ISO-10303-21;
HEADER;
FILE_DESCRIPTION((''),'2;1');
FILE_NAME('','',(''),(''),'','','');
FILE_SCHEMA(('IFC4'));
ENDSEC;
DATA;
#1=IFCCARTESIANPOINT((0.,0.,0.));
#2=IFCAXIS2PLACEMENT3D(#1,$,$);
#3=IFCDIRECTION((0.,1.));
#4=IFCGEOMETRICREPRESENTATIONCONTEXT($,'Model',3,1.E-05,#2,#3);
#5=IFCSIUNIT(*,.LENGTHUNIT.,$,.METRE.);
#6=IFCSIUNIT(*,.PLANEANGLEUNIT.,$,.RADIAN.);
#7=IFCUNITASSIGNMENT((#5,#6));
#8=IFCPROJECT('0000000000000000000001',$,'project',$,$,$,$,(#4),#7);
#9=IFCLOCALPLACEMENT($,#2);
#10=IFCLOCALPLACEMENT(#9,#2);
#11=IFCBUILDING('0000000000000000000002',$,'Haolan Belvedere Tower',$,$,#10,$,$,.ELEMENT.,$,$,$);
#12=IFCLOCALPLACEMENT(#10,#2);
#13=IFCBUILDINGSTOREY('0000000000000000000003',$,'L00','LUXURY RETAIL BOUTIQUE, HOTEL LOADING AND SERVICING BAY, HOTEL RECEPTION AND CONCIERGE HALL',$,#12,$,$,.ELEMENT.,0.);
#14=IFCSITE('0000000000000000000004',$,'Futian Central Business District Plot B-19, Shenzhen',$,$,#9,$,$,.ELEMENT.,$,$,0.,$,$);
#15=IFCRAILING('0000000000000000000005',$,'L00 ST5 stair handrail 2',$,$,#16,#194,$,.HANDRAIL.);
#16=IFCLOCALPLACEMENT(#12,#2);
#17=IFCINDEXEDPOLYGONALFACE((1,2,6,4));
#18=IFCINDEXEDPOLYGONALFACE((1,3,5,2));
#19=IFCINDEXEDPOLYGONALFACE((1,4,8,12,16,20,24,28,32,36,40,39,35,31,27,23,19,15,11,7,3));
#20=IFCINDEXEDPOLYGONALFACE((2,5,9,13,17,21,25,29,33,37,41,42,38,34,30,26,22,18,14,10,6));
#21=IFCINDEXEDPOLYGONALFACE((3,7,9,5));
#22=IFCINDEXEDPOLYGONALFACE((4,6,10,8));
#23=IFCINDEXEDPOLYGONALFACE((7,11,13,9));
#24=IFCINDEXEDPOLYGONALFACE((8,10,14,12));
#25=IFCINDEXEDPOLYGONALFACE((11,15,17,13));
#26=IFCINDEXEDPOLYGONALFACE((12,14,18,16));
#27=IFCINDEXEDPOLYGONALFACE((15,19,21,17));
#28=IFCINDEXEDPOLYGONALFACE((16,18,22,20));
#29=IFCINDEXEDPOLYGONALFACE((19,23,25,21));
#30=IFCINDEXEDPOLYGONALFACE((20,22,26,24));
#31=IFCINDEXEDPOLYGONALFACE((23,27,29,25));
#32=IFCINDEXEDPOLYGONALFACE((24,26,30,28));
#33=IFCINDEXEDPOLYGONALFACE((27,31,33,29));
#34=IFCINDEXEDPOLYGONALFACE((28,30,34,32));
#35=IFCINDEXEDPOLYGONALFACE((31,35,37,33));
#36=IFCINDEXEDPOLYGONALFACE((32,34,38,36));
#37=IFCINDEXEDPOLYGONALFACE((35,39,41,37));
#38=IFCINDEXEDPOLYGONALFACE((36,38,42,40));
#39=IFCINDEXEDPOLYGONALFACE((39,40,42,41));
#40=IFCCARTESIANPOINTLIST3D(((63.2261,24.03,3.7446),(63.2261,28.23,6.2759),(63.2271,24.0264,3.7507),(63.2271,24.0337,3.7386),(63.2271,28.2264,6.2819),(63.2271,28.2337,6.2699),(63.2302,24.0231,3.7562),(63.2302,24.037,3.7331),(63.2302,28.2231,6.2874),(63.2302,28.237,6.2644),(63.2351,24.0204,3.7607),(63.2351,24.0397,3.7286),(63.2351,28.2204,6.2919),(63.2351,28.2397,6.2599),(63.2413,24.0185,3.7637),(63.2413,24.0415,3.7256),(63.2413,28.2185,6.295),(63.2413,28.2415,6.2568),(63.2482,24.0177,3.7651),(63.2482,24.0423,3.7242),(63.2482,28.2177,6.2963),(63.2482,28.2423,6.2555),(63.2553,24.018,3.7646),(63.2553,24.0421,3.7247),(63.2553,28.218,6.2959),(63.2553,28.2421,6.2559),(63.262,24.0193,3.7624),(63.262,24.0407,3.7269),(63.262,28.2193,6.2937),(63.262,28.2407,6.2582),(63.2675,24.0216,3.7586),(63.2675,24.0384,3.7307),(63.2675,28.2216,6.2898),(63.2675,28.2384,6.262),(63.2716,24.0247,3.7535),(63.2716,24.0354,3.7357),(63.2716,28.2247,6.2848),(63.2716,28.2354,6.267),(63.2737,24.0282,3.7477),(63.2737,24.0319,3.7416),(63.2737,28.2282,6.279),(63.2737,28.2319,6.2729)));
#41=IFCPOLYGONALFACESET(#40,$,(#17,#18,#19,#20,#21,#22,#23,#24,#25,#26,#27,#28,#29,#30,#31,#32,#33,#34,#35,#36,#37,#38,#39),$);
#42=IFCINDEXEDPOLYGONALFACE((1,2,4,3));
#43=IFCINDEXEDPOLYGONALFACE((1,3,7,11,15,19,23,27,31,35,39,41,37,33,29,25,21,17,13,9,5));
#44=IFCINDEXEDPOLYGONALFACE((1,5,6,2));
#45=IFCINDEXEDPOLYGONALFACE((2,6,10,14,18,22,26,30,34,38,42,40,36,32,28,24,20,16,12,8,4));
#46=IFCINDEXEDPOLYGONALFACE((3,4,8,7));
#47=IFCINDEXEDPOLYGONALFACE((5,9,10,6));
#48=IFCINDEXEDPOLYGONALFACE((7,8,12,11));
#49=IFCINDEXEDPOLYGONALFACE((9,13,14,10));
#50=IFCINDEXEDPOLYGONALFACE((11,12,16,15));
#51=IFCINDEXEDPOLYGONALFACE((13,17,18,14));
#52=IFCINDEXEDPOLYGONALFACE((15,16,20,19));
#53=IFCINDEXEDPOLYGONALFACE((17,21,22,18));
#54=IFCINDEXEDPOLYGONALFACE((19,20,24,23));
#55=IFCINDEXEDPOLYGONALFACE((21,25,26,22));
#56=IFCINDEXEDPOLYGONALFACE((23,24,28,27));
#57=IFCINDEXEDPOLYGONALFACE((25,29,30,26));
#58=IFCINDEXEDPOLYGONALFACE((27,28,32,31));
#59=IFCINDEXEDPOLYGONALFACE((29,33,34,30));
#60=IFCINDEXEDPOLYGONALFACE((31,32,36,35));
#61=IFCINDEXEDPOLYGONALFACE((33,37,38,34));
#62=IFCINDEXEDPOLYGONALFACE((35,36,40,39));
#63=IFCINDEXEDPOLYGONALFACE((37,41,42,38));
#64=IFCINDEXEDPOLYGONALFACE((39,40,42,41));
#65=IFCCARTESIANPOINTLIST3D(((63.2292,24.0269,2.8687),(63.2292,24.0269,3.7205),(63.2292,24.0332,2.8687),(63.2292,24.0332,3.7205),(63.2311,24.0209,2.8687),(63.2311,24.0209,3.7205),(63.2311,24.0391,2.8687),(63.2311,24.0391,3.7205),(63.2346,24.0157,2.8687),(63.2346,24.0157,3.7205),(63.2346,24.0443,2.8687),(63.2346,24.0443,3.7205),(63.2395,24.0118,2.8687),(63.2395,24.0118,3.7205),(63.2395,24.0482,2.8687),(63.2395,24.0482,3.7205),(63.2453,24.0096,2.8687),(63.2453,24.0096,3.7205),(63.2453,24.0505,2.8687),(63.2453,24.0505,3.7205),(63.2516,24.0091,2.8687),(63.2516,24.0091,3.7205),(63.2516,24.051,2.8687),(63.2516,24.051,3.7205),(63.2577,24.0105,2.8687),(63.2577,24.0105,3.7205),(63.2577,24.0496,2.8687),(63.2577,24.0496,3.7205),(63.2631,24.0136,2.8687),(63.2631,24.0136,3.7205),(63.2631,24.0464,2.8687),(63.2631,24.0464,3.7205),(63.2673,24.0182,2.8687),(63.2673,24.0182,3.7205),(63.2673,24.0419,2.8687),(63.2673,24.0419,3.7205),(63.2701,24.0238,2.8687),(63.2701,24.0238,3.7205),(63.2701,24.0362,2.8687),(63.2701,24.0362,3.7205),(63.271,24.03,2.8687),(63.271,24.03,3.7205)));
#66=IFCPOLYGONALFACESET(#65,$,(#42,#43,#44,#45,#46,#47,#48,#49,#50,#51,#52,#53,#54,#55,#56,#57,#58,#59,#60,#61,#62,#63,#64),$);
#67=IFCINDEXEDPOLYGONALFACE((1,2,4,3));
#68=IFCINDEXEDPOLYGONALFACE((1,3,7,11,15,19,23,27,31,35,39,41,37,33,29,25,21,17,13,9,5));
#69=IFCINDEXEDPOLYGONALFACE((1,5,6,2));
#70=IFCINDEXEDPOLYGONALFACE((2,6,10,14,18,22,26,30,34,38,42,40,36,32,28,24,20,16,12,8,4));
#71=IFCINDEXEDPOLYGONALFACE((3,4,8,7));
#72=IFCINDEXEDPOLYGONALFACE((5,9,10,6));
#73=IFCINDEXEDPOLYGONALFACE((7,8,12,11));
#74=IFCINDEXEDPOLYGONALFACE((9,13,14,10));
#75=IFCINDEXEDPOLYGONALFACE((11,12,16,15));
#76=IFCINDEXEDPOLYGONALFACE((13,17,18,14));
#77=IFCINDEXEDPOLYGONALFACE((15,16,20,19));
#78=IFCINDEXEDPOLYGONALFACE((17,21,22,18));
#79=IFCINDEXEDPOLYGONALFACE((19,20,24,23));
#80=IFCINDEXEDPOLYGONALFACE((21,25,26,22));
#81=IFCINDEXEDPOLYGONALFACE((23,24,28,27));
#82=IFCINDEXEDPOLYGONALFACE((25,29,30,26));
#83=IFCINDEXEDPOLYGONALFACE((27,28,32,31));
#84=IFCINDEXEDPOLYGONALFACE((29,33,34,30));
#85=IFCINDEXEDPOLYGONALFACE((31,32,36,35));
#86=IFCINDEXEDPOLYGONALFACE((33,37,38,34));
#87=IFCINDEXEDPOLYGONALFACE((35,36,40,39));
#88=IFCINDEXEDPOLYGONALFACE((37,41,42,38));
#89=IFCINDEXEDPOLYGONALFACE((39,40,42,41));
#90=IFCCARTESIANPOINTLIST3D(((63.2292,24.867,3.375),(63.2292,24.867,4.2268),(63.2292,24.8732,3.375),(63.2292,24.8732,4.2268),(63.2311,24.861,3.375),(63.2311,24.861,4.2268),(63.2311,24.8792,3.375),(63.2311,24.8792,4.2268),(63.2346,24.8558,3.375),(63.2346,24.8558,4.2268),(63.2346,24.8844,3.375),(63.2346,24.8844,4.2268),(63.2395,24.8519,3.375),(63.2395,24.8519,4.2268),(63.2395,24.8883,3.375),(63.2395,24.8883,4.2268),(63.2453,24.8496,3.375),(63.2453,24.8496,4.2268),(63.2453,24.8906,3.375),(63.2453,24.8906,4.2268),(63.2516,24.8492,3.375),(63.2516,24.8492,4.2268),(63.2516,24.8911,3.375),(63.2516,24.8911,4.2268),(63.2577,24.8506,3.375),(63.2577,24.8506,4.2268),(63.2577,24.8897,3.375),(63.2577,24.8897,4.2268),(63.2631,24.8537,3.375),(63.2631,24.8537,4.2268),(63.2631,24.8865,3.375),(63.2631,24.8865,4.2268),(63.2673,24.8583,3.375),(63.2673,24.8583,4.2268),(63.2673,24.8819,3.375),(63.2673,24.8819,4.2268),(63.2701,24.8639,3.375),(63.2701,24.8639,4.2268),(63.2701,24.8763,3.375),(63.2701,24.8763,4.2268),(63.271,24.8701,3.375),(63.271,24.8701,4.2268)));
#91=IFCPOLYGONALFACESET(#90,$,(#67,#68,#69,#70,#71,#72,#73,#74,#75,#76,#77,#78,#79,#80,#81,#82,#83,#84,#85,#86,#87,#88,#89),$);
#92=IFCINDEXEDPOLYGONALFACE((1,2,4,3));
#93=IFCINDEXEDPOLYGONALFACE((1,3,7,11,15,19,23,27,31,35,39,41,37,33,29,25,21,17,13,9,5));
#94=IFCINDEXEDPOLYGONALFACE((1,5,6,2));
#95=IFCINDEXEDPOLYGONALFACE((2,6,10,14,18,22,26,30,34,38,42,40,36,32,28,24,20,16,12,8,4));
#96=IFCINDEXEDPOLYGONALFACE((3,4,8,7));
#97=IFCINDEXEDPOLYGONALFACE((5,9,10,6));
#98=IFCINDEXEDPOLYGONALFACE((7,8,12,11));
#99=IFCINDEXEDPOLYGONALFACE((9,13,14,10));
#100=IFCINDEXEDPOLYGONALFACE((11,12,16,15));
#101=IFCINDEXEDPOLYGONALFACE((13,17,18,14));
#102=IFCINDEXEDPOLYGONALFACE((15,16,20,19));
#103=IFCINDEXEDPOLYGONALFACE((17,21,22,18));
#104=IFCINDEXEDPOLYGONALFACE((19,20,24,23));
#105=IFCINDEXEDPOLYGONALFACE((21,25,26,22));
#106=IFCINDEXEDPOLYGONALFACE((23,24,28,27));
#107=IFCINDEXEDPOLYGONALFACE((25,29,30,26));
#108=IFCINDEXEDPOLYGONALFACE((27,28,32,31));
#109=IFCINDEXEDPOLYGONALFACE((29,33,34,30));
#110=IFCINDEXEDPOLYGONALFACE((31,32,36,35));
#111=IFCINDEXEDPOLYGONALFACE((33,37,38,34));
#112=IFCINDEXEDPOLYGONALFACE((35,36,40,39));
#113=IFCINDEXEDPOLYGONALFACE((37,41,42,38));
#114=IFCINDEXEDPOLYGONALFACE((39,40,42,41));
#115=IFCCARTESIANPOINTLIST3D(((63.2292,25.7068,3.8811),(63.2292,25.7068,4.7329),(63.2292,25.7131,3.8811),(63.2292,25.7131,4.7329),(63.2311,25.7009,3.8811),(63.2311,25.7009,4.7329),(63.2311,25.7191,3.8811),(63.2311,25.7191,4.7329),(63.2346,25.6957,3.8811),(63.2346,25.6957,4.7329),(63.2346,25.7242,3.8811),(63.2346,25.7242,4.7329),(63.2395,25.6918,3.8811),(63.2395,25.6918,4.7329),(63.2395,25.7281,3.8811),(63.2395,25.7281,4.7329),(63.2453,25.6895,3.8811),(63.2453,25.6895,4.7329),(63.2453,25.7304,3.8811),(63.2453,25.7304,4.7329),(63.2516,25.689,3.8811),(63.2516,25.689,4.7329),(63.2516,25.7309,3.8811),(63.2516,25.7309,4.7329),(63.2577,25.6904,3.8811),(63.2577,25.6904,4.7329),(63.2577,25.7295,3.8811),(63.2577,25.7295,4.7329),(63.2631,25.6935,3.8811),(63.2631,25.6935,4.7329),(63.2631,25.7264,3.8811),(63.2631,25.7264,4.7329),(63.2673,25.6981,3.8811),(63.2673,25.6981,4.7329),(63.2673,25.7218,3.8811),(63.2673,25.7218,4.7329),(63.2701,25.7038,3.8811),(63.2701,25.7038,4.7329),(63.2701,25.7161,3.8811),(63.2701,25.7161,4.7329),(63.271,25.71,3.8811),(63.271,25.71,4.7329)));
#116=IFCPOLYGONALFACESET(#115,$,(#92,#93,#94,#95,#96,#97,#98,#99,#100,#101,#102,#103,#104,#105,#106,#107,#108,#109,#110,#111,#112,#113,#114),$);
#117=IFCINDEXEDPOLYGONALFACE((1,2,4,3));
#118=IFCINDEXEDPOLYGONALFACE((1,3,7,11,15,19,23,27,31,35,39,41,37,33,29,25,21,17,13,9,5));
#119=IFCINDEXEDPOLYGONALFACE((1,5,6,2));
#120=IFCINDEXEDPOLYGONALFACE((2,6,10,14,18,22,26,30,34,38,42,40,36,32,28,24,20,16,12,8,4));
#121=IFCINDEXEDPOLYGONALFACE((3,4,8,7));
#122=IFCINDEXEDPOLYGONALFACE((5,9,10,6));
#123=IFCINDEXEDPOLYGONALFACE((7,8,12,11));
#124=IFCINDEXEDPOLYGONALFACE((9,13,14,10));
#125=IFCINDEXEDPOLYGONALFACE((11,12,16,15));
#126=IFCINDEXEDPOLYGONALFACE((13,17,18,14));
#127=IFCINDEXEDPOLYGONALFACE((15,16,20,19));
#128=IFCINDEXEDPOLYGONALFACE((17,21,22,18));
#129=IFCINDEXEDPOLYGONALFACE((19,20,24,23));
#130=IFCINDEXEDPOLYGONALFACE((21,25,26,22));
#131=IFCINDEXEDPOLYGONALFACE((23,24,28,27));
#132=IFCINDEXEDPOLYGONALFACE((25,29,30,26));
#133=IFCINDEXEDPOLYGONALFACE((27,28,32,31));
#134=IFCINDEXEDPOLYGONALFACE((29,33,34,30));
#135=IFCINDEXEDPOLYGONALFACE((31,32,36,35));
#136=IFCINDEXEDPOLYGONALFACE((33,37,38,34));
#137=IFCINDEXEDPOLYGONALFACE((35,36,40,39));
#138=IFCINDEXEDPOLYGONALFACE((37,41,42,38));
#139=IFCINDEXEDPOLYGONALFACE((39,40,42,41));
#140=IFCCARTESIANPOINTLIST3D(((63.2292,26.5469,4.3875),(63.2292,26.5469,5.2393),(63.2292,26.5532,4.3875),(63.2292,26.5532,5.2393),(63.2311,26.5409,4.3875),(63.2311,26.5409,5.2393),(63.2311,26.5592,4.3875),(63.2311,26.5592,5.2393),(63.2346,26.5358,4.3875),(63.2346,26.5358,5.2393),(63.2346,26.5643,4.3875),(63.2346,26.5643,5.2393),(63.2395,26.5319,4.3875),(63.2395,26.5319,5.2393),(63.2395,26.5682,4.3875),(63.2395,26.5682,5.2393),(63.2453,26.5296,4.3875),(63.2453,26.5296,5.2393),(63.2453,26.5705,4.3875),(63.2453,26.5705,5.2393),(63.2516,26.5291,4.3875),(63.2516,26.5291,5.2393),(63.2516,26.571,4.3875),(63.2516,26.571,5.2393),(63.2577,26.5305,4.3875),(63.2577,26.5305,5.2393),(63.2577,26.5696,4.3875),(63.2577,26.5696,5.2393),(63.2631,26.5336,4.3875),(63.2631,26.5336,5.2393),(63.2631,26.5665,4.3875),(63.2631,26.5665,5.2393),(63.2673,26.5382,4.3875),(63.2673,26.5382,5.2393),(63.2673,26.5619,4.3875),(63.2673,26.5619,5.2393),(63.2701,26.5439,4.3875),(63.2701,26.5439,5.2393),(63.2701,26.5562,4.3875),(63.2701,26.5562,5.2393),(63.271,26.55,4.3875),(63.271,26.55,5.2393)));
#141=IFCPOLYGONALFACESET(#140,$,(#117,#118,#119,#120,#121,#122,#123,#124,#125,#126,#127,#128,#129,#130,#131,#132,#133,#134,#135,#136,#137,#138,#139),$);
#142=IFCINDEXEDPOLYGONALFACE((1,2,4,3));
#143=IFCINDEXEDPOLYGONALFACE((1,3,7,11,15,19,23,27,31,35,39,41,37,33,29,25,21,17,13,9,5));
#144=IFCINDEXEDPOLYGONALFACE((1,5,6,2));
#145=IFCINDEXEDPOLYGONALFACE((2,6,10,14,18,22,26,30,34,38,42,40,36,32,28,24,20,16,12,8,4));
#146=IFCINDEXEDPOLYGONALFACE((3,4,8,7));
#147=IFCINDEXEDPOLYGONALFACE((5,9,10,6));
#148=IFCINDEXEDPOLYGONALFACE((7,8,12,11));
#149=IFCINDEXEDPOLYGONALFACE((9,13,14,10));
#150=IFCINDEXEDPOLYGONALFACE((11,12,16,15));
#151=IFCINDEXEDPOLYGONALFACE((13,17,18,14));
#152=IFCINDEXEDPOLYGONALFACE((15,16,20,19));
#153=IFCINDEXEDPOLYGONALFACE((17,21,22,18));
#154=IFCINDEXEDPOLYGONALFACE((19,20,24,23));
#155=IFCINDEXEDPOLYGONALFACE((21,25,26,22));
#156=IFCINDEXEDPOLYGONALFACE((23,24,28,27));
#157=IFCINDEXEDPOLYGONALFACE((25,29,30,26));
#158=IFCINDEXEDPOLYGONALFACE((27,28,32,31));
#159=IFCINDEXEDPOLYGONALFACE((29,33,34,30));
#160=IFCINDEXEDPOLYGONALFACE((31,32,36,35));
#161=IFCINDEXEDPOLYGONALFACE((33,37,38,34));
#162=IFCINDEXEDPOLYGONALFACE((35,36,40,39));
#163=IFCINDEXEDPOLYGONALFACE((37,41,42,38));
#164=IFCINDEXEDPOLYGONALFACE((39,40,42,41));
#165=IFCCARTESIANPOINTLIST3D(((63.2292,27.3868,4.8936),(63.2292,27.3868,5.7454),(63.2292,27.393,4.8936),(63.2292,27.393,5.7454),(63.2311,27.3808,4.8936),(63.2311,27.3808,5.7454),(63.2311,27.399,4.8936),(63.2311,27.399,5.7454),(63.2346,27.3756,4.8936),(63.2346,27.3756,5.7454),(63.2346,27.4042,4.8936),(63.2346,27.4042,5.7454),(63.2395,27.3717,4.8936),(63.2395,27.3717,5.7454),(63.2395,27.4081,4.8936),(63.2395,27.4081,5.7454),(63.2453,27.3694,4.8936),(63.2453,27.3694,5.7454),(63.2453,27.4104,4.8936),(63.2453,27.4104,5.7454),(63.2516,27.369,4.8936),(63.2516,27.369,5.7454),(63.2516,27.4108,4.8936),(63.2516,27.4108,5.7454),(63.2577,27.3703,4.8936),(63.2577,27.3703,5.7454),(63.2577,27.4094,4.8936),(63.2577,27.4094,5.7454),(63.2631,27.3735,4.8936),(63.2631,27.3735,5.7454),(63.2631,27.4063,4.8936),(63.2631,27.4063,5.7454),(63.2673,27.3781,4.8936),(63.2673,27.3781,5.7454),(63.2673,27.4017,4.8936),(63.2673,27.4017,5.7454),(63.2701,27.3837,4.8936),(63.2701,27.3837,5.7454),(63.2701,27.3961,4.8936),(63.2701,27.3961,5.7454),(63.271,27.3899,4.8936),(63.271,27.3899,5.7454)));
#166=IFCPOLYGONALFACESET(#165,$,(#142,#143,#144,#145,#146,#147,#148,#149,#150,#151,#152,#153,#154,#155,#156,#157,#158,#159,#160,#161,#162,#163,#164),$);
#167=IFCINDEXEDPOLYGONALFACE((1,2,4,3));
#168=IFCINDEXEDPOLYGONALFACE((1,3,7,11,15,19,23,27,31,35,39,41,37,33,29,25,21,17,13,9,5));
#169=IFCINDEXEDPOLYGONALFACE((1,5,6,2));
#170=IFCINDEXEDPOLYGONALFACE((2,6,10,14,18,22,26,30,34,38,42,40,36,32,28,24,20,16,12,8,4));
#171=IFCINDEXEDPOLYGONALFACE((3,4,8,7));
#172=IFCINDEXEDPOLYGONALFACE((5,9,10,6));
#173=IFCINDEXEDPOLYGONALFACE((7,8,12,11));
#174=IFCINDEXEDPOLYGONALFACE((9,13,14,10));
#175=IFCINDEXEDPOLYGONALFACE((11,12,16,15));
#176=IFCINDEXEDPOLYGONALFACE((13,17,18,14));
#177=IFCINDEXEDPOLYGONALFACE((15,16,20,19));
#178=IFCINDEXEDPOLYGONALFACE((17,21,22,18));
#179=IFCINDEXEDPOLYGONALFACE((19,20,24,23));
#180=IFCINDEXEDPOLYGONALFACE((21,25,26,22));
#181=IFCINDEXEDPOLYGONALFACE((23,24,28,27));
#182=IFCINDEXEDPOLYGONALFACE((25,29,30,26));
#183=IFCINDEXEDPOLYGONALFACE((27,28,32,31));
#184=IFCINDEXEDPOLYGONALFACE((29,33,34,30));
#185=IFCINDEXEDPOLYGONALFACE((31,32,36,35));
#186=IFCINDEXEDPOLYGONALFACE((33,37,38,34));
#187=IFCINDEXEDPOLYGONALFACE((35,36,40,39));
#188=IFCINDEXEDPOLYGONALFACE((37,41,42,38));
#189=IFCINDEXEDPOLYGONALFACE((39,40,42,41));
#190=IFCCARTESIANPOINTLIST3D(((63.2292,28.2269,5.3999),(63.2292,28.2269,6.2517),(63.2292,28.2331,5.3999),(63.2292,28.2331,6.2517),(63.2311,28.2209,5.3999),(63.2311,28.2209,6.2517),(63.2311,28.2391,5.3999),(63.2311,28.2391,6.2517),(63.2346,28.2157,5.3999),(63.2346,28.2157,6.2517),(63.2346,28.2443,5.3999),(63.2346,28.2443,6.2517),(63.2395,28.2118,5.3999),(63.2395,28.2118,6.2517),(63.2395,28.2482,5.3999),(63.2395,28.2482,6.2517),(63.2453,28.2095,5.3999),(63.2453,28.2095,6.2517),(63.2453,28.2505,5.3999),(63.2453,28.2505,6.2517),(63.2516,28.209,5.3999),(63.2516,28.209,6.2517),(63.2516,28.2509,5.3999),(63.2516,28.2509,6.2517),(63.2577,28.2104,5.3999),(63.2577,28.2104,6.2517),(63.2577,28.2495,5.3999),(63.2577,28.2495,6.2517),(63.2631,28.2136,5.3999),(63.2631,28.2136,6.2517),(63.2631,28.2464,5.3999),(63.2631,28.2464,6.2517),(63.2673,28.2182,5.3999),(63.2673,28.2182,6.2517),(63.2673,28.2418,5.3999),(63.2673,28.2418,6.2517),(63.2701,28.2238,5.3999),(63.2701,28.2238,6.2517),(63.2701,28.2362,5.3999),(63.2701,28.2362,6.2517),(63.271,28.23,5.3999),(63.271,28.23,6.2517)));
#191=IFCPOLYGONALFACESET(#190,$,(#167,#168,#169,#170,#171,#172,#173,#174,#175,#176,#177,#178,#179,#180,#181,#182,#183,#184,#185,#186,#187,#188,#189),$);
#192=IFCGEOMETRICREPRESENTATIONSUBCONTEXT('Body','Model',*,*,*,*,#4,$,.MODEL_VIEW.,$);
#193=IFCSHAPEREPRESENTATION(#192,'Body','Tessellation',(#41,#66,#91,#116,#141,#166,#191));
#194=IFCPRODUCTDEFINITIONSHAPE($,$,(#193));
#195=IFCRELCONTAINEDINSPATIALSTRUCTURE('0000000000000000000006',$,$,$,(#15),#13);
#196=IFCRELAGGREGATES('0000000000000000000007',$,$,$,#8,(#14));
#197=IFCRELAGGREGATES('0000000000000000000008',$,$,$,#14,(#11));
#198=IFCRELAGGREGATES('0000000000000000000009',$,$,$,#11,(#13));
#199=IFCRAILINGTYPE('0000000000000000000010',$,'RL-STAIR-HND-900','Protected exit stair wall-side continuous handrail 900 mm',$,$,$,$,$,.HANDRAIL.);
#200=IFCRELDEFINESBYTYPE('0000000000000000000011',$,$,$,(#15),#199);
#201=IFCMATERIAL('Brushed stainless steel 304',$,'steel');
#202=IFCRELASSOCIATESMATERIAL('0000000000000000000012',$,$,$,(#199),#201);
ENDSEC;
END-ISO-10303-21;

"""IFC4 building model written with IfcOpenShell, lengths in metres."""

from ifc_helpers import new_model, si_unit, direction, frame, origin, origin_2d, place, context, subcontext, project, spatial, circle, extrude, material, type_object, element, save


model = new_model("IFC4")

# Units and contexts
model_context = context("Model", 3, precision=1e-05, world=origin(), true_north=direction((0.0, 1.0)))
body_context = subcontext(model_context, "Body", "Model", "MODEL_VIEW")
ifc_project = project(units=[si_unit("LENGTHUNIT", "METRE"), si_unit("PLANEANGLEUNIT", "RADIAN")], contexts=[model_context])

# Site, building, storey
site_placement = place(None, origin())
site = spatial("IfcSite", under=ifc_project, at=site_placement, Name="Futian Central Business District Plot B-19, Shenzhen", CompositionType="ELEMENT", RefElevation=0.0)
building_placement = place(site_placement, origin())
building = spatial("IfcBuilding", under=site, at=building_placement, Name="Haolan Belvedere Tower", CompositionType="ELEMENT")
storey_placement = place(building_placement, origin())
storey = spatial("IfcBuildingStorey", under=building, at=storey_placement, Name="L00", Description="LUXURY RETAIL BOUTIQUE, HOTEL LOADING AND SERVICING BAY, HOTEL RECEPTION AND CONCIERGE HALL", CompositionType="ELEMENT", Elevation=0.0)

# Railing
ifc_material_1 = material(Name="Brushed stainless steel 304", Category="steel")
railing_type_1 = type_object("IfcRailingType", Name="RL-STAIR-HND-900", Description="Protected exit stair wall-side continuous handrail 900 mm", PredefinedType="HANDRAIL", material=ifc_material_1)
railing_1_placement = place(storey_placement, frame((63.25, 24.03, 2.8687)))
element("IfcRailing", 1, at=railing_1_placement, inside=storey, type_object=railing_type_1, Name="L00 ST5 stair handrail 2", PredefinedType="HANDRAIL", context=body_context, shape_type="SweptSolid", body=[
    extrude(circle(Radius=0.0239, at=origin_2d()), frame((0.0, 0.0, 0.876), z_axis=(0.0, 0.856476, 0.516186), x_axis=(-1.0, 0.0, 0.0)), (0.0, 0.0, 1.0), 4.9038),
    extrude(circle(Radius=0.021, at=origin_2d()), origin(), (0.0, 0.0, 1.0), 0.8518),
    extrude(circle(Radius=0.021, at=origin_2d()), frame((0.0, 0.8401, 0.5063)), (0.0, 0.0, 1.0), 0.8518),
    extrude(circle(Radius=0.021, at=origin_2d()), frame((0.0, 1.6799, 1.0125)), (0.0, 0.0, 1.0), 0.8518),
    extrude(circle(Radius=0.021, at=origin_2d()), frame((0.0, 2.52, 1.5188)), (0.0, 0.0, 1.0), 0.8518),
    extrude(circle(Radius=0.021, at=origin_2d()), frame((0.0, 3.3599, 2.0249)), (0.0, 0.0, 1.0), 0.8518),
    extrude(circle(Radius=0.021, at=origin_2d()), frame((0.0, 4.2, 2.5312)), (0.0, 0.0, 1.0), 0.8518),
])

save(model, "model.ifc")
